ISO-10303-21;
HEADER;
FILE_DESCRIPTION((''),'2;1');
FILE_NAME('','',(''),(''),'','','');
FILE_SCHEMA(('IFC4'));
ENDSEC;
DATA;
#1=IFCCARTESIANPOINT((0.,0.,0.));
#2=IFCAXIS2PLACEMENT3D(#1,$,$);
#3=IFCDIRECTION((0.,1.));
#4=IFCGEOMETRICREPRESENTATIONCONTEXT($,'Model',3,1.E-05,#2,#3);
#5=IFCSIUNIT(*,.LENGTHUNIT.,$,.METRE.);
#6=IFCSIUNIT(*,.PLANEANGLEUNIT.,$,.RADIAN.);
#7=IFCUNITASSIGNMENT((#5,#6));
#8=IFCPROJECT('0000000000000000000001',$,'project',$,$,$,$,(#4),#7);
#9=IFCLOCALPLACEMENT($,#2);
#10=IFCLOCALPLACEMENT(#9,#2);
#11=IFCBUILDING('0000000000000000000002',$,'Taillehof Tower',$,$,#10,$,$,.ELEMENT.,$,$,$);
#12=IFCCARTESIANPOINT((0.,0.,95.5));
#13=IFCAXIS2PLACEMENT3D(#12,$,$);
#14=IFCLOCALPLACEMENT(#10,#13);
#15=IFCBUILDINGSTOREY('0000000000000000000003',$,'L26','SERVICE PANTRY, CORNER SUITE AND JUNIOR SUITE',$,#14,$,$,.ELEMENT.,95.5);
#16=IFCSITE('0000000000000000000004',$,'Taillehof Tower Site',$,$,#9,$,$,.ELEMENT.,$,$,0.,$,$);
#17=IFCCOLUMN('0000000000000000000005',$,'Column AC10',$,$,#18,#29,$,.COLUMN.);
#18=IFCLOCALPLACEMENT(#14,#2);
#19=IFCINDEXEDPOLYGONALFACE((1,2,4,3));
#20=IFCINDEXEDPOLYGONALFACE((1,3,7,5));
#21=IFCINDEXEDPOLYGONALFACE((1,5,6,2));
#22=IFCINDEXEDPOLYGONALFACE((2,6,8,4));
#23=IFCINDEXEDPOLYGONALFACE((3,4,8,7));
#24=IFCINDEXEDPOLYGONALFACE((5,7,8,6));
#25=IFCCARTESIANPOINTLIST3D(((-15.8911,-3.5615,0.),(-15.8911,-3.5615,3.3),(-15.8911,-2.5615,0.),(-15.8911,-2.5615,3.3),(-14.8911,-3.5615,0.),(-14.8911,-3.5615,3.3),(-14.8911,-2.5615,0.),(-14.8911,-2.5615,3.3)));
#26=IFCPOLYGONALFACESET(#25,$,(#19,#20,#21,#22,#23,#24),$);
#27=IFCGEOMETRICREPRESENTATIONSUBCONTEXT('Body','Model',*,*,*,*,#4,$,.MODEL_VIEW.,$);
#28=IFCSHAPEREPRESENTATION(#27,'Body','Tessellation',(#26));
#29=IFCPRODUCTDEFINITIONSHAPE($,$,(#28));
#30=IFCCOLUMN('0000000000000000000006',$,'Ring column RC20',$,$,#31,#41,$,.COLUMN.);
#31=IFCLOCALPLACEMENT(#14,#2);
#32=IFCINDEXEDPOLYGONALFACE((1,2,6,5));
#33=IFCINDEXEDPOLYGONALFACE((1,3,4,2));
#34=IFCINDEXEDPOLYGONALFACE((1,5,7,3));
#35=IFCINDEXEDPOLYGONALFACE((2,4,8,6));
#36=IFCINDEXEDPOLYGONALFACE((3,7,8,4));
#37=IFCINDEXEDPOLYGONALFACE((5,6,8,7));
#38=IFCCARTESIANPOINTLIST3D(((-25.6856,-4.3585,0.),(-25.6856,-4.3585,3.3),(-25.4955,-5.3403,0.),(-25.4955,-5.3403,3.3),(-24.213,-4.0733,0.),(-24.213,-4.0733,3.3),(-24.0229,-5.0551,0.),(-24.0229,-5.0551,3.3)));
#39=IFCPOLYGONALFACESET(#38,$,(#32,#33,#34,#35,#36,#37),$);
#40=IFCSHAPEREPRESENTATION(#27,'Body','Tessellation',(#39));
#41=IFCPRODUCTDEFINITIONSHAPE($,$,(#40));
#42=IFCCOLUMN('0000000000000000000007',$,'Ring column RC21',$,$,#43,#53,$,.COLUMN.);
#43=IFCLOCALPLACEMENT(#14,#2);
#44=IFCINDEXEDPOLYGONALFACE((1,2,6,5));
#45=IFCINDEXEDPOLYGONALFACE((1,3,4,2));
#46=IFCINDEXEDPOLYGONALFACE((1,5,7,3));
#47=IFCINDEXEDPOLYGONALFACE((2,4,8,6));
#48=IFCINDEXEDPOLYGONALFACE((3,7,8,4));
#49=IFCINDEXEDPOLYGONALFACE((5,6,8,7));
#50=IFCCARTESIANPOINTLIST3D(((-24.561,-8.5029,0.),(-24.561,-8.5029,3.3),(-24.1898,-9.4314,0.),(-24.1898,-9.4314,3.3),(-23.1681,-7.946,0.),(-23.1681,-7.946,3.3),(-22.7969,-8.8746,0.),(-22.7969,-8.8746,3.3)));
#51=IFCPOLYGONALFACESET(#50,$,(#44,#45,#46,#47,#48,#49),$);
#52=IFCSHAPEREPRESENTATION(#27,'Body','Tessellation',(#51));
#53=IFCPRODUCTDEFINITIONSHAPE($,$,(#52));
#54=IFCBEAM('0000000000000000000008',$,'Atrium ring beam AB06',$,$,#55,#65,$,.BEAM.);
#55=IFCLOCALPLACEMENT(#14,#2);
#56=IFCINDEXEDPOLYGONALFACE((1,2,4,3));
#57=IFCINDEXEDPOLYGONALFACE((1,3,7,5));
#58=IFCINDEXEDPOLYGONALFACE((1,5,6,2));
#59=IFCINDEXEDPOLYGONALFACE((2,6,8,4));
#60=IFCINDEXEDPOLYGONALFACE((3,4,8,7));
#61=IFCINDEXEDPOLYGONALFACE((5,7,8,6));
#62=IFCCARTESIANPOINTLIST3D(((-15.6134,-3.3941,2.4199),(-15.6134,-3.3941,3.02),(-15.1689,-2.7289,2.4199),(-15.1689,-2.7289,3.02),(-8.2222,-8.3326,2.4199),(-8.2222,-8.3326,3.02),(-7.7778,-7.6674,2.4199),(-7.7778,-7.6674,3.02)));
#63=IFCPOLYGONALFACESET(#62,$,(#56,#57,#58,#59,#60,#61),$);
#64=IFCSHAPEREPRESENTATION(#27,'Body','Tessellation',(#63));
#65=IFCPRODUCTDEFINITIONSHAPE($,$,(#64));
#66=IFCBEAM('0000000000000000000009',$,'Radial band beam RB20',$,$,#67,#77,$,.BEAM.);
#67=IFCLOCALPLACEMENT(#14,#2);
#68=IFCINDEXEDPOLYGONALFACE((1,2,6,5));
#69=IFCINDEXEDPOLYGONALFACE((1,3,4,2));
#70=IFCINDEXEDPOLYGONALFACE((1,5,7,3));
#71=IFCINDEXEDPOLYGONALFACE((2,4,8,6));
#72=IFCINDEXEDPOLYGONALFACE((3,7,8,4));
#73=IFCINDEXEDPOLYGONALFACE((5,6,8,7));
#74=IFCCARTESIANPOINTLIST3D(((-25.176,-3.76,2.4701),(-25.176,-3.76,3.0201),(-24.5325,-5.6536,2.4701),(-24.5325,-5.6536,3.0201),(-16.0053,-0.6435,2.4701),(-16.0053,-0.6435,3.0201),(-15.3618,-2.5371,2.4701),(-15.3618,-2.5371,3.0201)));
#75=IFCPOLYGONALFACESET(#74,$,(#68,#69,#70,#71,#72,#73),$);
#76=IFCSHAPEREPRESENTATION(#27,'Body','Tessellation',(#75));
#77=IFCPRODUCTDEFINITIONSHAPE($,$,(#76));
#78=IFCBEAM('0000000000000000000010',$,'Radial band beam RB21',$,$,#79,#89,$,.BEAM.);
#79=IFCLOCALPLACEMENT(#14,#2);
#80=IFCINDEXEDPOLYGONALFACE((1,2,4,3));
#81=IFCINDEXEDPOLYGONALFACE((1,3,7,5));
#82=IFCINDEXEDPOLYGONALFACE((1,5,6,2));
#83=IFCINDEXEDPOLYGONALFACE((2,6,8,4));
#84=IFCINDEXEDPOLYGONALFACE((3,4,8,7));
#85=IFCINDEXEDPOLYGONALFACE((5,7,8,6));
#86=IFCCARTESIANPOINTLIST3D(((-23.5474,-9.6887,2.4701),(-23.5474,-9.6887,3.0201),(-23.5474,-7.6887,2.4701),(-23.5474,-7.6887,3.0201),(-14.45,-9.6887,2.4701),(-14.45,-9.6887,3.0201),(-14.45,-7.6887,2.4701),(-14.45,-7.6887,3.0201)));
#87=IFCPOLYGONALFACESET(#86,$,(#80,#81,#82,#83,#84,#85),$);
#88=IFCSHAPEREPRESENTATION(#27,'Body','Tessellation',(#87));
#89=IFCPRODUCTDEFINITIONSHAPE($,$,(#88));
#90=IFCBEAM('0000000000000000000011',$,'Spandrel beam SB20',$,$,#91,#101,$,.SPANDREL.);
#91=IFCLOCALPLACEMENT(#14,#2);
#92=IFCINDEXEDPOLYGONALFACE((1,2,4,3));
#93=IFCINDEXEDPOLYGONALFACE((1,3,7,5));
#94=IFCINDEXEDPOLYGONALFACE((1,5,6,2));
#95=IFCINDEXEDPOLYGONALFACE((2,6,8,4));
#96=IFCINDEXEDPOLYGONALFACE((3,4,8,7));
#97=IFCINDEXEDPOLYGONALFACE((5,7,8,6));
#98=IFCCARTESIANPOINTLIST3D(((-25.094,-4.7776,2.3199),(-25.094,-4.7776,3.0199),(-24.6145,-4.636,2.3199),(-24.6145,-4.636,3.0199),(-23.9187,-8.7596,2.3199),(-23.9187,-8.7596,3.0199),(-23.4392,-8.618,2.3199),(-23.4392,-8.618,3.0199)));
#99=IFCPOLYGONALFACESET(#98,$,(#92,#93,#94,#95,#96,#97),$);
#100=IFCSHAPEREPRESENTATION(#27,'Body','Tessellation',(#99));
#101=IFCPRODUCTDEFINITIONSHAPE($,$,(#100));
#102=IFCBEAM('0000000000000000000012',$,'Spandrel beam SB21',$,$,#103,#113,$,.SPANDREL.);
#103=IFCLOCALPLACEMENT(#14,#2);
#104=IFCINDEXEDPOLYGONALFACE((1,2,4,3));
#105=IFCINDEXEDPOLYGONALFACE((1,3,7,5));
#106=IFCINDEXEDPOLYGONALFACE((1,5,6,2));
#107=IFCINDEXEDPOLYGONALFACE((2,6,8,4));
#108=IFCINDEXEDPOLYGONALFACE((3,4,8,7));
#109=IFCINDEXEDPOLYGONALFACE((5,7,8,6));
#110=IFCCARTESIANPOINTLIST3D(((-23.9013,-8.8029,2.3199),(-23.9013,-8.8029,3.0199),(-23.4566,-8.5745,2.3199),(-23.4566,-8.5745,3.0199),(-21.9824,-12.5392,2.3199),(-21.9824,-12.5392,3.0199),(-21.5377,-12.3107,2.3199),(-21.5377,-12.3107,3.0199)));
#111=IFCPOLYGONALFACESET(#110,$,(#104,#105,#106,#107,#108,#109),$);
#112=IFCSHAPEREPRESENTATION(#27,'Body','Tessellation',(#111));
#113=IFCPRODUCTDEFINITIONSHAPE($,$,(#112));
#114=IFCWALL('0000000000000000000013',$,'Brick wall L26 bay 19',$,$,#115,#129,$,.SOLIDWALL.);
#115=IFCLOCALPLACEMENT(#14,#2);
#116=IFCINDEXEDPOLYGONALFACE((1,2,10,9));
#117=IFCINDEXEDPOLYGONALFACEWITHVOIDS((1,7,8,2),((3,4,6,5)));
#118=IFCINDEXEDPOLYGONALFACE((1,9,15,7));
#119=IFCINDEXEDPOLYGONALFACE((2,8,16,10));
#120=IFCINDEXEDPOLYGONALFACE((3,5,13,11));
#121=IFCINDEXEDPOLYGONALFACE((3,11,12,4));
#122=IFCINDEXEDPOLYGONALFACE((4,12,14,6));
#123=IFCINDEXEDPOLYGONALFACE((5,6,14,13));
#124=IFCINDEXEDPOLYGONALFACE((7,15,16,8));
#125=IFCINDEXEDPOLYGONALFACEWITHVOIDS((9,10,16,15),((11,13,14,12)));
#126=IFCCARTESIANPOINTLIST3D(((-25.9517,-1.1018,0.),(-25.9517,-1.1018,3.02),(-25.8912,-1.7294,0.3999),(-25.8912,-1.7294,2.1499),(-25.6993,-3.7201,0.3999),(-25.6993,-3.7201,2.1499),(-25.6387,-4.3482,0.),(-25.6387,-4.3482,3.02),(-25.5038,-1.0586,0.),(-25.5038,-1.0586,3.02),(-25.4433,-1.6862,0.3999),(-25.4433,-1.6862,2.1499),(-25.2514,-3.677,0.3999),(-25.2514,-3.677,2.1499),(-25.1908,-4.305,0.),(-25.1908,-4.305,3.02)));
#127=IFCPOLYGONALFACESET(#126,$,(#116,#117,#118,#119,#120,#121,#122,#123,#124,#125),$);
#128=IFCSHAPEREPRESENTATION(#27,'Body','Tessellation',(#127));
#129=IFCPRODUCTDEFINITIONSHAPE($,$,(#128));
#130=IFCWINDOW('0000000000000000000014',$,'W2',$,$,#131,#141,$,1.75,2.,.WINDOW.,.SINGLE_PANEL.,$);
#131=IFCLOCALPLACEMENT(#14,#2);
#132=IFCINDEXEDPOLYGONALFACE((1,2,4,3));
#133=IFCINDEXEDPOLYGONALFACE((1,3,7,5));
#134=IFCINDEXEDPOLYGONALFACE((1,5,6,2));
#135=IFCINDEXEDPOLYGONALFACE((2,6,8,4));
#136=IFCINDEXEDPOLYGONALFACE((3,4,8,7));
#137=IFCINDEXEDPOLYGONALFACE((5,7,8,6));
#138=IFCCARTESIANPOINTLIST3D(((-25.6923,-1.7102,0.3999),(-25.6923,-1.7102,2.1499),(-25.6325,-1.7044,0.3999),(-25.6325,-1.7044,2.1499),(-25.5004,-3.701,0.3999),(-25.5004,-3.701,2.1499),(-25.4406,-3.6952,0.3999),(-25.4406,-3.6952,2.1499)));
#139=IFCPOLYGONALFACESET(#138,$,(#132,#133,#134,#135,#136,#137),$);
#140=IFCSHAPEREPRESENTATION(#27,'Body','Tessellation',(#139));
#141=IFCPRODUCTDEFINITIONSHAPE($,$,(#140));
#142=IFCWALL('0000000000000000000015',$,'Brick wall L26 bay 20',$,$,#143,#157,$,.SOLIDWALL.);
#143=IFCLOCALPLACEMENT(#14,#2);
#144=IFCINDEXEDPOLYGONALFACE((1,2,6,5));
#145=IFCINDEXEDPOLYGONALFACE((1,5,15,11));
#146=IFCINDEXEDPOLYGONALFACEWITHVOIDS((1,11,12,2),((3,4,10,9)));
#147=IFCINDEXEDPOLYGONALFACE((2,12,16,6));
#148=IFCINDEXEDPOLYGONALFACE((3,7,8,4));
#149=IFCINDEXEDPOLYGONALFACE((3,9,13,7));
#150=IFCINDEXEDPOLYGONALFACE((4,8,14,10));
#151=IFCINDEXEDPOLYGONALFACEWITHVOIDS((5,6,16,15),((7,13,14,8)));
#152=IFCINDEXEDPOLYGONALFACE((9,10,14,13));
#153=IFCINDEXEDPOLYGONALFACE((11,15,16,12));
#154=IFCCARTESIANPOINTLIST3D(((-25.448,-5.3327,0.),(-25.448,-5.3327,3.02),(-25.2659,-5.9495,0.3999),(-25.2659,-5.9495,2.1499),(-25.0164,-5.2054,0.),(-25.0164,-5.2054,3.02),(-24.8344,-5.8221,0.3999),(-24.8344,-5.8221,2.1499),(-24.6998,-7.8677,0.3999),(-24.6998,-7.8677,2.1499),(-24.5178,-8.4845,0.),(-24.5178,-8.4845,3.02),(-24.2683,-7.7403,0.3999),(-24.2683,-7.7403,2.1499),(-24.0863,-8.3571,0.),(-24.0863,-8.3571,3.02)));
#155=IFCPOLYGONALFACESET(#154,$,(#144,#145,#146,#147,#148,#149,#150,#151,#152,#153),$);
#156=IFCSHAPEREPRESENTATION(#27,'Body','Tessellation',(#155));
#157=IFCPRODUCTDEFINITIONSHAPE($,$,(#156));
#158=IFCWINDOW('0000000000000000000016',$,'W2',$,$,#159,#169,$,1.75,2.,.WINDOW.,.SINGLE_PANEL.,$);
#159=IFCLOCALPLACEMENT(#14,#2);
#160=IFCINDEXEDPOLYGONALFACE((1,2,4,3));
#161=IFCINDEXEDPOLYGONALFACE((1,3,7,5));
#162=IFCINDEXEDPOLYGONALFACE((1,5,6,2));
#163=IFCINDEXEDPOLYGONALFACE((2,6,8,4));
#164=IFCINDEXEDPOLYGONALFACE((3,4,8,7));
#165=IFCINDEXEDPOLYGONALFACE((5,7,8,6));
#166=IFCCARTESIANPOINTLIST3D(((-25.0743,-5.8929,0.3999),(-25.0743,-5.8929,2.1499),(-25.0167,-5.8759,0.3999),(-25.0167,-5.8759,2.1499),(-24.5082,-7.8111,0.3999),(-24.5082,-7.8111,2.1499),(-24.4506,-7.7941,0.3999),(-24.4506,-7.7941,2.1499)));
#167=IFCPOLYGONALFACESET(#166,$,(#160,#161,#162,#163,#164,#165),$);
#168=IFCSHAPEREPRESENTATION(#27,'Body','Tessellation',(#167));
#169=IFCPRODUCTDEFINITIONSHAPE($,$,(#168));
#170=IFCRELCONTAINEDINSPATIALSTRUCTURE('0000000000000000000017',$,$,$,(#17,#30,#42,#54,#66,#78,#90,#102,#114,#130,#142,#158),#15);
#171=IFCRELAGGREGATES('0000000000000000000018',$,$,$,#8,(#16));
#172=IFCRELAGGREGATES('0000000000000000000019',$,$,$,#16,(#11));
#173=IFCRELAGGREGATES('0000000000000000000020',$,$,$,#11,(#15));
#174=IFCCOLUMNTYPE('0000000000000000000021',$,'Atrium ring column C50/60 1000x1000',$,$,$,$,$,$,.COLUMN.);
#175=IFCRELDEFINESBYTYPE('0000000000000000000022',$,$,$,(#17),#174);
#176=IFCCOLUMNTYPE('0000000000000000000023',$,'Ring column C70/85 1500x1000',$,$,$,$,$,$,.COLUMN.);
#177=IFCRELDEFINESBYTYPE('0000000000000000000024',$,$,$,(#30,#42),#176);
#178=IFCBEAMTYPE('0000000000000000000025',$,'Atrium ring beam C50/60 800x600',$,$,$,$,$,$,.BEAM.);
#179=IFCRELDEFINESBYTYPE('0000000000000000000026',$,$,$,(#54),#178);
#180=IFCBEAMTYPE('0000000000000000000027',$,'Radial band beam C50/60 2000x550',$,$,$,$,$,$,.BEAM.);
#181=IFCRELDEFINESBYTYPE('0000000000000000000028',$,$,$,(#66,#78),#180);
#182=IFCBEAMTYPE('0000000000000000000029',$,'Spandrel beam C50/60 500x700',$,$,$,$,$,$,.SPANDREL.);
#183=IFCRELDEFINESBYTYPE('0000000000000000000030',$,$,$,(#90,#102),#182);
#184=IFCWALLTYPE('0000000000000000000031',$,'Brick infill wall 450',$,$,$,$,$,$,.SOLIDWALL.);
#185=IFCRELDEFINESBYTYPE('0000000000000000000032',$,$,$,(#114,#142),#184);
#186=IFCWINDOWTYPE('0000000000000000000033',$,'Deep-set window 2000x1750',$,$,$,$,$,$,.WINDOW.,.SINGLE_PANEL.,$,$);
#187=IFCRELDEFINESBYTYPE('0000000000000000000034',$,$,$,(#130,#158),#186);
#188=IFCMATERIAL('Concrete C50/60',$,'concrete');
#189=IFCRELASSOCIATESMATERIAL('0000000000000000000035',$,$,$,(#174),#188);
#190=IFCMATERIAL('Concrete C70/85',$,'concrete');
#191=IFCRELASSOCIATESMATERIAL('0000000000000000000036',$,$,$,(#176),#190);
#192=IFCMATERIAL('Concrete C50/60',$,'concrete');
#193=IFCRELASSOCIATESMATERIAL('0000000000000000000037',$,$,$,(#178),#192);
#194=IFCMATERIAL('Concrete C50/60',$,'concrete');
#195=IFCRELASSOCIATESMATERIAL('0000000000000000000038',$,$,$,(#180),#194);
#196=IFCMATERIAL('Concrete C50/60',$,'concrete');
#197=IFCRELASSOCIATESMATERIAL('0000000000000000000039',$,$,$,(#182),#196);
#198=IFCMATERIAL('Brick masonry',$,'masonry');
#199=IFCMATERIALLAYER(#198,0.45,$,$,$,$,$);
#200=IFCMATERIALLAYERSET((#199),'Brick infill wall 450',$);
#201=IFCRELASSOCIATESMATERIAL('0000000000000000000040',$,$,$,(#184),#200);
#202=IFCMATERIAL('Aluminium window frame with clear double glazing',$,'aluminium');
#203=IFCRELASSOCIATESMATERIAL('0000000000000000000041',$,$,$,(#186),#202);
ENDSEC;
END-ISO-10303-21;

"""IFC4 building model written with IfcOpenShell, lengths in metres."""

from ifc_helpers import new_model, si_unit, direction, frame, frame_2d, origin, origin_2d, place, context, subcontext, project, spatial, rectangle, extrude, material, layer, layer_set, material_profile, profile_set, type_object, element, fill, save


model = new_model("IFC4")

# Units and contexts
model_context = context("Model", 3, precision=1e-05, world=origin(), true_north=direction((0.0, 1.0)))
body_context = subcontext(model_context, "Body", "Model", "MODEL_VIEW")
ifc_project = project(units=[si_unit("LENGTHUNIT", "METRE"), si_unit("PLANEANGLEUNIT", "RADIAN")], contexts=[model_context])

# Site, building, storey
site_placement = place(None, origin())
site = spatial("IfcSite", under=ifc_project, at=site_placement, Name="Taillehof Tower Site", CompositionType="ELEMENT", RefElevation=0.0)
building_placement = place(site_placement, origin())
building = spatial("IfcBuilding", under=site, at=building_placement, Name="Taillehof Tower", CompositionType="ELEMENT")
storey_placement = place(building_placement, frame((0.0, 0.0, 95.5)))
storey = spatial("IfcBuildingStorey", under=building, at=storey_placement, Name="L26", Description="SERVICE PANTRY, CORNER SUITE AND JUNIOR SUITE", CompositionType="ELEMENT", Elevation=95.5)

# Columns
ifc_material_1 = material(Name="Concrete C50/60", Category="concrete")
ifc_material_profile_1 = material_profile(ifc_material_1, rectangle(XDim=1.0, YDim=1.0, at=origin_2d()), Name="RC 1000x1000")
ifc_profile_set_1 = profile_set([ifc_material_profile_1], Name="Concrete C50/60")
column_type_1 = type_object("IfcColumnType", Name="Atrium ring column C50/60 1000x1000", PredefinedType="COLUMN", material=ifc_profile_set_1)
column_placement = place(storey_placement, frame((-15.3911, -3.0615, 0.0), z_axis=(0.0, 0.0, 1.0), x_axis=(1.0, 0.0, 0.0)))
element("IfcColumn", 1, at=column_placement, inside=storey, type_object=column_type_1, Name="Column AC10", PredefinedType="COLUMN", context=body_context, shape_type="SweptSolid", body=[
    extrude(rectangle(XDim=1.0, YDim=1.0, at=origin_2d()), origin(), (0.0, 0.0, 1.0), 3.3),
])
ifc_material_2 = material(Name="Concrete C70/85", Category="concrete")
ifc_material_profile_2 = material_profile(ifc_material_2, rectangle(XDim=1.5, YDim=1.0, at=origin_2d()), Name="RC 1500x1000")
ifc_profile_set_2 = profile_set([ifc_material_profile_2], Name="Concrete C70/85")
column_type_2 = type_object("IfcColumnType", Name="Ring column C70/85 1500x1000", PredefinedType="COLUMN", material=ifc_profile_set_2)
for number, where, z_axis, x_axis, name in (
    (2, (-24.8542, -4.7068, 0.0), (0.0, 0.0, 1.0), (-0.981757, -0.190138, 0.0), "Ring column RC20"),
    (3, (-23.679, -8.6887, 0.0), (0.0, 0.0, 1.0), (-0.92855, -0.371207, 0.0), "Ring column RC21"),
):
    element("IfcColumn", number, at=place(storey_placement, frame(where, z_axis=z_axis, x_axis=x_axis)), inside=storey, type_object=column_type_2, Name=name, PredefinedType="COLUMN", context=body_context, shape_type="SweptSolid", body=[
        extrude(rectangle(XDim=1.5, YDim=1.0, at=origin_2d()), origin(), (0.0, 0.0, 1.0), 3.3),
    ])

# Beams
ifc_material_3 = material(Name="Concrete C50/60", Category="concrete")
ifc_material_profile_3 = material_profile(ifc_material_3, rectangle(XDim=0.8, YDim=0.6001, at=origin_2d()), Name="RC 800x600")
ifc_profile_set_3 = profile_set([ifc_material_profile_3], Name="Concrete C50/60")
beam_type_1 = type_object("IfcBeamType", Name="Atrium ring beam C50/60 800x600", PredefinedType="BEAM", material=ifc_profile_set_3)
beam_1_placement = place(storey_placement, frame((-15.3911, -3.0615, 2.72), z_axis=(0.831475, -0.555562, 0.0), x_axis=(0.555562, 0.831475, 0.0)))
element("IfcBeam", 4, at=beam_1_placement, inside=storey, type_object=beam_type_1, Name="Atrium ring beam AB06", PredefinedType="BEAM", context=body_context, shape_type="SweptSolid", body=[
    extrude(rectangle(XDim=0.8, YDim=0.6001, at=origin_2d()), origin(), (0.0, 0.0, 1.0), 8.8892),
])
ifc_material_4 = material(Name="Concrete C50/60", Category="concrete")
ifc_material_profile_4 = material_profile(ifc_material_4, rectangle(XDim=2.0, YDim=0.55, at=origin_2d()), Name="RC 2000x550")
ifc_profile_set_4 = profile_set([ifc_material_profile_4], Name="Concrete C50/60")
beam_type_2 = type_object("IfcBeamType", Name="Radial band beam C50/60 2000x550", PredefinedType="BEAM", material=ifc_profile_set_4)
beam_2_placement = place(storey_placement, frame((-24.8542, -4.7068, 2.7451), z_axis=(0.946822, 0.321758, 0.0), x_axis=(-0.321758, 0.946822, 0.0)))
element("IfcBeam", 5, at=beam_2_placement, inside=storey, type_object=beam_type_2, Name="Radial band beam RB20", PredefinedType="BEAM", context=body_context, shape_type="SweptSolid", body=[
    extrude(rectangle(XDim=2.0, YDim=0.55, at=origin_2d()), origin(), (0.0, 0.0, 1.0), 9.6858),
])
beam_3_placement = place(storey_placement, frame((-23.5474, -8.6887, 2.7451), z_axis=(1.0, 0.0, 0.0), x_axis=(0.0, 1.0, 0.0)))
element("IfcBeam", 6, at=beam_3_placement, inside=storey, type_object=beam_type_2, Name="Radial band beam RB21", PredefinedType="BEAM", context=body_context, shape_type="SweptSolid", body=[
    extrude(rectangle(XDim=2.0, YDim=0.55, at=origin_2d()), origin(), (0.0, 0.0, 1.0), 9.0974),
])
ifc_material_5 = material(Name="Concrete C50/60", Category="concrete")
ifc_material_profile_5 = material_profile(ifc_material_5, rectangle(XDim=0.5, YDim=0.7, at=origin_2d()), Name="RC 500x700")
ifc_profile_set_5 = profile_set([ifc_material_profile_5], Name="Concrete C50/60")
beam_type_3 = type_object("IfcBeamType", Name="Spandrel beam C50/60 500x700", PredefinedType="SPANDREL", material=ifc_profile_set_5)
beam_4_placement = place(storey_placement, frame((-24.8542, -4.7068, 2.6699), z_axis=(0.283083, -0.959095, 0.0), x_axis=(0.959095, 0.283083, 0.0)))
element("IfcBeam", 7, at=beam_4_placement, inside=storey, type_object=beam_type_3, Name="Spandrel beam SB20", PredefinedType="SPANDREL", context=body_context, shape_type="SweptSolid", body=[
    extrude(rectangle(XDim=0.5, YDim=0.7, at=origin_2d()), origin(), (0.0, 0.0, 1.0), 4.1519),
])
beam_5_placement = place(storey_placement, frame((-23.679, -8.6887, 2.6699), z_axis=(0.456859, -0.889539, 0.0), x_axis=(0.889539, 0.456859, 0.0)))
element("IfcBeam", 8, at=beam_5_placement, inside=storey, type_object=beam_type_3, Name="Spandrel beam SB21", PredefinedType="SPANDREL", context=body_context, shape_type="SweptSolid", body=[
    extrude(rectangle(XDim=0.5, YDim=0.7, at=origin_2d()), origin(), (0.0, 0.0, 1.0), 4.2002),
])

# Walls, openings, windows
ifc_material_6 = material(Name="Brick masonry", Category="masonry")
ifc_layer_1 = layer(ifc_material_6, 0.45)
ifc_layer_set_1 = layer_set([ifc_layer_1], Name="Brick infill wall 450")
wall_type_1 = type_object("IfcWallType", Name="Brick infill wall 450", PredefinedType="SOLIDWALL", material=ifc_layer_set_1)
wall_1_placement = place(storey_placement, frame((-25.7278, -1.0801, 0.0), z_axis=(0.0, 0.0, 1.0), x_axis=(0.095968, -0.995384, 0.0)))
wall_1 = element("IfcWall", 9, at=wall_1_placement, inside=storey, type_object=wall_type_1, Name="Brick wall L26 bay 19", PredefinedType="SOLIDWALL", context=body_context, shape_type="SweptSolid", body=[
    extrude(rectangle(XDim=3.2615, YDim=0.45, at=frame_2d((1.6309, 0.0))), origin(), (0.0, 0.0, 1.0), 3.02),
])
opening_1_placement = place(wall_1_placement, frame((0.6306, 0.0, 0.3999)))
opening_1 = element("IfcOpeningElement", 10, at=opening_1_placement, cuts=wall_1, PredefinedType="OPENING", context=body_context, shape_type="SweptSolid", body=[
    extrude(rectangle(XDim=2.0, YDim=1.75, at=frame_2d((1.0, 0.875))), frame((0.0, 0.2349, 0.0), z_axis=(0.0, -1.0, 0.0), x_axis=(1.0, 0.0, 0.0)), (0.0, 0.0, 1.0), 0.47),
])
ifc_material_7 = material(Name="Aluminium window frame with clear double glazing", Category="aluminium")
window_type_1 = type_object("IfcWindowType", Name="Deep-set window 2000x1750", PartitioningType="SINGLE_PANEL", PredefinedType="WINDOW", material=ifc_material_7)
window_1_placement = place(opening_1_placement, origin())
window_1 = element("IfcWindow", 11, at=window_1_placement, inside=storey, type_object=window_type_1, Name="W2", OverallHeight=1.75, OverallWidth=2.0, PartitioningType="SINGLE_PANEL", PredefinedType="WINDOW", context=body_context, shape_type="SweptSolid", body=[
    extrude(rectangle(XDim=2.0, YDim=1.75, at=frame_2d((1.0, 0.875))), frame((0.0, 0.0349, 0.0), z_axis=(0.0, -1.0, 0.0), x_axis=(1.0, 0.0, 0.0)), (0.0, 0.0, 1.0), 0.0601),
])
fill(opening_1, window_1)
wall_2_placement = place(storey_placement, frame((-25.2322, -5.269, 0.0), z_axis=(0.0, 0.0, 1.0), x_axis=(0.283051, -0.959105, 0.0)))
wall_2 = element("IfcWall", 12, at=wall_2_placement, inside=storey, type_object=wall_type_1, Name="Brick wall L26 bay 20", PredefinedType="SOLIDWALL", context=body_context, shape_type="SweptSolid", body=[
    extrude(rectangle(XDim=3.2861, YDim=0.45, at=frame_2d((1.6431, 0.0))), origin(), (0.0, 0.0, 1.0), 3.02),
])
opening_2_placement = place(wall_2_placement, frame((0.6431, 0.0, 0.3999)))
opening_2 = element("IfcOpeningElement", 13, at=opening_2_placement, cuts=wall_2, PredefinedType="OPENING", context=body_context, shape_type="SweptSolid", body=[
    extrude(rectangle(XDim=2.0, YDim=1.75, at=frame_2d((1.0, 0.875))), frame((0.0, 0.2349, 0.0), z_axis=(0.0, -1.0, 0.0), x_axis=(1.0, 0.0, 0.0)), (0.0, 0.0, 1.0), 0.47),
])
window_2_placement = place(opening_2_placement, origin())
window_2 = element("IfcWindow", 14, at=window_2_placement, inside=storey, type_object=window_type_1, Name="W2", OverallHeight=1.75, OverallWidth=2.0, PartitioningType="SINGLE_PANEL", PredefinedType="WINDOW", context=body_context, shape_type="SweptSolid", body=[
    extrude(rectangle(XDim=2.0, YDim=1.75, at=frame_2d((1.0, 0.875))), frame((0.0, 0.0349, 0.0), z_axis=(0.0, -1.0, 0.0), x_axis=(1.0, 0.0, 0.0)), (0.0, 0.0, 1.0), 0.0601),
])
fill(opening_2, window_2)

save(model, "model.ifc")
